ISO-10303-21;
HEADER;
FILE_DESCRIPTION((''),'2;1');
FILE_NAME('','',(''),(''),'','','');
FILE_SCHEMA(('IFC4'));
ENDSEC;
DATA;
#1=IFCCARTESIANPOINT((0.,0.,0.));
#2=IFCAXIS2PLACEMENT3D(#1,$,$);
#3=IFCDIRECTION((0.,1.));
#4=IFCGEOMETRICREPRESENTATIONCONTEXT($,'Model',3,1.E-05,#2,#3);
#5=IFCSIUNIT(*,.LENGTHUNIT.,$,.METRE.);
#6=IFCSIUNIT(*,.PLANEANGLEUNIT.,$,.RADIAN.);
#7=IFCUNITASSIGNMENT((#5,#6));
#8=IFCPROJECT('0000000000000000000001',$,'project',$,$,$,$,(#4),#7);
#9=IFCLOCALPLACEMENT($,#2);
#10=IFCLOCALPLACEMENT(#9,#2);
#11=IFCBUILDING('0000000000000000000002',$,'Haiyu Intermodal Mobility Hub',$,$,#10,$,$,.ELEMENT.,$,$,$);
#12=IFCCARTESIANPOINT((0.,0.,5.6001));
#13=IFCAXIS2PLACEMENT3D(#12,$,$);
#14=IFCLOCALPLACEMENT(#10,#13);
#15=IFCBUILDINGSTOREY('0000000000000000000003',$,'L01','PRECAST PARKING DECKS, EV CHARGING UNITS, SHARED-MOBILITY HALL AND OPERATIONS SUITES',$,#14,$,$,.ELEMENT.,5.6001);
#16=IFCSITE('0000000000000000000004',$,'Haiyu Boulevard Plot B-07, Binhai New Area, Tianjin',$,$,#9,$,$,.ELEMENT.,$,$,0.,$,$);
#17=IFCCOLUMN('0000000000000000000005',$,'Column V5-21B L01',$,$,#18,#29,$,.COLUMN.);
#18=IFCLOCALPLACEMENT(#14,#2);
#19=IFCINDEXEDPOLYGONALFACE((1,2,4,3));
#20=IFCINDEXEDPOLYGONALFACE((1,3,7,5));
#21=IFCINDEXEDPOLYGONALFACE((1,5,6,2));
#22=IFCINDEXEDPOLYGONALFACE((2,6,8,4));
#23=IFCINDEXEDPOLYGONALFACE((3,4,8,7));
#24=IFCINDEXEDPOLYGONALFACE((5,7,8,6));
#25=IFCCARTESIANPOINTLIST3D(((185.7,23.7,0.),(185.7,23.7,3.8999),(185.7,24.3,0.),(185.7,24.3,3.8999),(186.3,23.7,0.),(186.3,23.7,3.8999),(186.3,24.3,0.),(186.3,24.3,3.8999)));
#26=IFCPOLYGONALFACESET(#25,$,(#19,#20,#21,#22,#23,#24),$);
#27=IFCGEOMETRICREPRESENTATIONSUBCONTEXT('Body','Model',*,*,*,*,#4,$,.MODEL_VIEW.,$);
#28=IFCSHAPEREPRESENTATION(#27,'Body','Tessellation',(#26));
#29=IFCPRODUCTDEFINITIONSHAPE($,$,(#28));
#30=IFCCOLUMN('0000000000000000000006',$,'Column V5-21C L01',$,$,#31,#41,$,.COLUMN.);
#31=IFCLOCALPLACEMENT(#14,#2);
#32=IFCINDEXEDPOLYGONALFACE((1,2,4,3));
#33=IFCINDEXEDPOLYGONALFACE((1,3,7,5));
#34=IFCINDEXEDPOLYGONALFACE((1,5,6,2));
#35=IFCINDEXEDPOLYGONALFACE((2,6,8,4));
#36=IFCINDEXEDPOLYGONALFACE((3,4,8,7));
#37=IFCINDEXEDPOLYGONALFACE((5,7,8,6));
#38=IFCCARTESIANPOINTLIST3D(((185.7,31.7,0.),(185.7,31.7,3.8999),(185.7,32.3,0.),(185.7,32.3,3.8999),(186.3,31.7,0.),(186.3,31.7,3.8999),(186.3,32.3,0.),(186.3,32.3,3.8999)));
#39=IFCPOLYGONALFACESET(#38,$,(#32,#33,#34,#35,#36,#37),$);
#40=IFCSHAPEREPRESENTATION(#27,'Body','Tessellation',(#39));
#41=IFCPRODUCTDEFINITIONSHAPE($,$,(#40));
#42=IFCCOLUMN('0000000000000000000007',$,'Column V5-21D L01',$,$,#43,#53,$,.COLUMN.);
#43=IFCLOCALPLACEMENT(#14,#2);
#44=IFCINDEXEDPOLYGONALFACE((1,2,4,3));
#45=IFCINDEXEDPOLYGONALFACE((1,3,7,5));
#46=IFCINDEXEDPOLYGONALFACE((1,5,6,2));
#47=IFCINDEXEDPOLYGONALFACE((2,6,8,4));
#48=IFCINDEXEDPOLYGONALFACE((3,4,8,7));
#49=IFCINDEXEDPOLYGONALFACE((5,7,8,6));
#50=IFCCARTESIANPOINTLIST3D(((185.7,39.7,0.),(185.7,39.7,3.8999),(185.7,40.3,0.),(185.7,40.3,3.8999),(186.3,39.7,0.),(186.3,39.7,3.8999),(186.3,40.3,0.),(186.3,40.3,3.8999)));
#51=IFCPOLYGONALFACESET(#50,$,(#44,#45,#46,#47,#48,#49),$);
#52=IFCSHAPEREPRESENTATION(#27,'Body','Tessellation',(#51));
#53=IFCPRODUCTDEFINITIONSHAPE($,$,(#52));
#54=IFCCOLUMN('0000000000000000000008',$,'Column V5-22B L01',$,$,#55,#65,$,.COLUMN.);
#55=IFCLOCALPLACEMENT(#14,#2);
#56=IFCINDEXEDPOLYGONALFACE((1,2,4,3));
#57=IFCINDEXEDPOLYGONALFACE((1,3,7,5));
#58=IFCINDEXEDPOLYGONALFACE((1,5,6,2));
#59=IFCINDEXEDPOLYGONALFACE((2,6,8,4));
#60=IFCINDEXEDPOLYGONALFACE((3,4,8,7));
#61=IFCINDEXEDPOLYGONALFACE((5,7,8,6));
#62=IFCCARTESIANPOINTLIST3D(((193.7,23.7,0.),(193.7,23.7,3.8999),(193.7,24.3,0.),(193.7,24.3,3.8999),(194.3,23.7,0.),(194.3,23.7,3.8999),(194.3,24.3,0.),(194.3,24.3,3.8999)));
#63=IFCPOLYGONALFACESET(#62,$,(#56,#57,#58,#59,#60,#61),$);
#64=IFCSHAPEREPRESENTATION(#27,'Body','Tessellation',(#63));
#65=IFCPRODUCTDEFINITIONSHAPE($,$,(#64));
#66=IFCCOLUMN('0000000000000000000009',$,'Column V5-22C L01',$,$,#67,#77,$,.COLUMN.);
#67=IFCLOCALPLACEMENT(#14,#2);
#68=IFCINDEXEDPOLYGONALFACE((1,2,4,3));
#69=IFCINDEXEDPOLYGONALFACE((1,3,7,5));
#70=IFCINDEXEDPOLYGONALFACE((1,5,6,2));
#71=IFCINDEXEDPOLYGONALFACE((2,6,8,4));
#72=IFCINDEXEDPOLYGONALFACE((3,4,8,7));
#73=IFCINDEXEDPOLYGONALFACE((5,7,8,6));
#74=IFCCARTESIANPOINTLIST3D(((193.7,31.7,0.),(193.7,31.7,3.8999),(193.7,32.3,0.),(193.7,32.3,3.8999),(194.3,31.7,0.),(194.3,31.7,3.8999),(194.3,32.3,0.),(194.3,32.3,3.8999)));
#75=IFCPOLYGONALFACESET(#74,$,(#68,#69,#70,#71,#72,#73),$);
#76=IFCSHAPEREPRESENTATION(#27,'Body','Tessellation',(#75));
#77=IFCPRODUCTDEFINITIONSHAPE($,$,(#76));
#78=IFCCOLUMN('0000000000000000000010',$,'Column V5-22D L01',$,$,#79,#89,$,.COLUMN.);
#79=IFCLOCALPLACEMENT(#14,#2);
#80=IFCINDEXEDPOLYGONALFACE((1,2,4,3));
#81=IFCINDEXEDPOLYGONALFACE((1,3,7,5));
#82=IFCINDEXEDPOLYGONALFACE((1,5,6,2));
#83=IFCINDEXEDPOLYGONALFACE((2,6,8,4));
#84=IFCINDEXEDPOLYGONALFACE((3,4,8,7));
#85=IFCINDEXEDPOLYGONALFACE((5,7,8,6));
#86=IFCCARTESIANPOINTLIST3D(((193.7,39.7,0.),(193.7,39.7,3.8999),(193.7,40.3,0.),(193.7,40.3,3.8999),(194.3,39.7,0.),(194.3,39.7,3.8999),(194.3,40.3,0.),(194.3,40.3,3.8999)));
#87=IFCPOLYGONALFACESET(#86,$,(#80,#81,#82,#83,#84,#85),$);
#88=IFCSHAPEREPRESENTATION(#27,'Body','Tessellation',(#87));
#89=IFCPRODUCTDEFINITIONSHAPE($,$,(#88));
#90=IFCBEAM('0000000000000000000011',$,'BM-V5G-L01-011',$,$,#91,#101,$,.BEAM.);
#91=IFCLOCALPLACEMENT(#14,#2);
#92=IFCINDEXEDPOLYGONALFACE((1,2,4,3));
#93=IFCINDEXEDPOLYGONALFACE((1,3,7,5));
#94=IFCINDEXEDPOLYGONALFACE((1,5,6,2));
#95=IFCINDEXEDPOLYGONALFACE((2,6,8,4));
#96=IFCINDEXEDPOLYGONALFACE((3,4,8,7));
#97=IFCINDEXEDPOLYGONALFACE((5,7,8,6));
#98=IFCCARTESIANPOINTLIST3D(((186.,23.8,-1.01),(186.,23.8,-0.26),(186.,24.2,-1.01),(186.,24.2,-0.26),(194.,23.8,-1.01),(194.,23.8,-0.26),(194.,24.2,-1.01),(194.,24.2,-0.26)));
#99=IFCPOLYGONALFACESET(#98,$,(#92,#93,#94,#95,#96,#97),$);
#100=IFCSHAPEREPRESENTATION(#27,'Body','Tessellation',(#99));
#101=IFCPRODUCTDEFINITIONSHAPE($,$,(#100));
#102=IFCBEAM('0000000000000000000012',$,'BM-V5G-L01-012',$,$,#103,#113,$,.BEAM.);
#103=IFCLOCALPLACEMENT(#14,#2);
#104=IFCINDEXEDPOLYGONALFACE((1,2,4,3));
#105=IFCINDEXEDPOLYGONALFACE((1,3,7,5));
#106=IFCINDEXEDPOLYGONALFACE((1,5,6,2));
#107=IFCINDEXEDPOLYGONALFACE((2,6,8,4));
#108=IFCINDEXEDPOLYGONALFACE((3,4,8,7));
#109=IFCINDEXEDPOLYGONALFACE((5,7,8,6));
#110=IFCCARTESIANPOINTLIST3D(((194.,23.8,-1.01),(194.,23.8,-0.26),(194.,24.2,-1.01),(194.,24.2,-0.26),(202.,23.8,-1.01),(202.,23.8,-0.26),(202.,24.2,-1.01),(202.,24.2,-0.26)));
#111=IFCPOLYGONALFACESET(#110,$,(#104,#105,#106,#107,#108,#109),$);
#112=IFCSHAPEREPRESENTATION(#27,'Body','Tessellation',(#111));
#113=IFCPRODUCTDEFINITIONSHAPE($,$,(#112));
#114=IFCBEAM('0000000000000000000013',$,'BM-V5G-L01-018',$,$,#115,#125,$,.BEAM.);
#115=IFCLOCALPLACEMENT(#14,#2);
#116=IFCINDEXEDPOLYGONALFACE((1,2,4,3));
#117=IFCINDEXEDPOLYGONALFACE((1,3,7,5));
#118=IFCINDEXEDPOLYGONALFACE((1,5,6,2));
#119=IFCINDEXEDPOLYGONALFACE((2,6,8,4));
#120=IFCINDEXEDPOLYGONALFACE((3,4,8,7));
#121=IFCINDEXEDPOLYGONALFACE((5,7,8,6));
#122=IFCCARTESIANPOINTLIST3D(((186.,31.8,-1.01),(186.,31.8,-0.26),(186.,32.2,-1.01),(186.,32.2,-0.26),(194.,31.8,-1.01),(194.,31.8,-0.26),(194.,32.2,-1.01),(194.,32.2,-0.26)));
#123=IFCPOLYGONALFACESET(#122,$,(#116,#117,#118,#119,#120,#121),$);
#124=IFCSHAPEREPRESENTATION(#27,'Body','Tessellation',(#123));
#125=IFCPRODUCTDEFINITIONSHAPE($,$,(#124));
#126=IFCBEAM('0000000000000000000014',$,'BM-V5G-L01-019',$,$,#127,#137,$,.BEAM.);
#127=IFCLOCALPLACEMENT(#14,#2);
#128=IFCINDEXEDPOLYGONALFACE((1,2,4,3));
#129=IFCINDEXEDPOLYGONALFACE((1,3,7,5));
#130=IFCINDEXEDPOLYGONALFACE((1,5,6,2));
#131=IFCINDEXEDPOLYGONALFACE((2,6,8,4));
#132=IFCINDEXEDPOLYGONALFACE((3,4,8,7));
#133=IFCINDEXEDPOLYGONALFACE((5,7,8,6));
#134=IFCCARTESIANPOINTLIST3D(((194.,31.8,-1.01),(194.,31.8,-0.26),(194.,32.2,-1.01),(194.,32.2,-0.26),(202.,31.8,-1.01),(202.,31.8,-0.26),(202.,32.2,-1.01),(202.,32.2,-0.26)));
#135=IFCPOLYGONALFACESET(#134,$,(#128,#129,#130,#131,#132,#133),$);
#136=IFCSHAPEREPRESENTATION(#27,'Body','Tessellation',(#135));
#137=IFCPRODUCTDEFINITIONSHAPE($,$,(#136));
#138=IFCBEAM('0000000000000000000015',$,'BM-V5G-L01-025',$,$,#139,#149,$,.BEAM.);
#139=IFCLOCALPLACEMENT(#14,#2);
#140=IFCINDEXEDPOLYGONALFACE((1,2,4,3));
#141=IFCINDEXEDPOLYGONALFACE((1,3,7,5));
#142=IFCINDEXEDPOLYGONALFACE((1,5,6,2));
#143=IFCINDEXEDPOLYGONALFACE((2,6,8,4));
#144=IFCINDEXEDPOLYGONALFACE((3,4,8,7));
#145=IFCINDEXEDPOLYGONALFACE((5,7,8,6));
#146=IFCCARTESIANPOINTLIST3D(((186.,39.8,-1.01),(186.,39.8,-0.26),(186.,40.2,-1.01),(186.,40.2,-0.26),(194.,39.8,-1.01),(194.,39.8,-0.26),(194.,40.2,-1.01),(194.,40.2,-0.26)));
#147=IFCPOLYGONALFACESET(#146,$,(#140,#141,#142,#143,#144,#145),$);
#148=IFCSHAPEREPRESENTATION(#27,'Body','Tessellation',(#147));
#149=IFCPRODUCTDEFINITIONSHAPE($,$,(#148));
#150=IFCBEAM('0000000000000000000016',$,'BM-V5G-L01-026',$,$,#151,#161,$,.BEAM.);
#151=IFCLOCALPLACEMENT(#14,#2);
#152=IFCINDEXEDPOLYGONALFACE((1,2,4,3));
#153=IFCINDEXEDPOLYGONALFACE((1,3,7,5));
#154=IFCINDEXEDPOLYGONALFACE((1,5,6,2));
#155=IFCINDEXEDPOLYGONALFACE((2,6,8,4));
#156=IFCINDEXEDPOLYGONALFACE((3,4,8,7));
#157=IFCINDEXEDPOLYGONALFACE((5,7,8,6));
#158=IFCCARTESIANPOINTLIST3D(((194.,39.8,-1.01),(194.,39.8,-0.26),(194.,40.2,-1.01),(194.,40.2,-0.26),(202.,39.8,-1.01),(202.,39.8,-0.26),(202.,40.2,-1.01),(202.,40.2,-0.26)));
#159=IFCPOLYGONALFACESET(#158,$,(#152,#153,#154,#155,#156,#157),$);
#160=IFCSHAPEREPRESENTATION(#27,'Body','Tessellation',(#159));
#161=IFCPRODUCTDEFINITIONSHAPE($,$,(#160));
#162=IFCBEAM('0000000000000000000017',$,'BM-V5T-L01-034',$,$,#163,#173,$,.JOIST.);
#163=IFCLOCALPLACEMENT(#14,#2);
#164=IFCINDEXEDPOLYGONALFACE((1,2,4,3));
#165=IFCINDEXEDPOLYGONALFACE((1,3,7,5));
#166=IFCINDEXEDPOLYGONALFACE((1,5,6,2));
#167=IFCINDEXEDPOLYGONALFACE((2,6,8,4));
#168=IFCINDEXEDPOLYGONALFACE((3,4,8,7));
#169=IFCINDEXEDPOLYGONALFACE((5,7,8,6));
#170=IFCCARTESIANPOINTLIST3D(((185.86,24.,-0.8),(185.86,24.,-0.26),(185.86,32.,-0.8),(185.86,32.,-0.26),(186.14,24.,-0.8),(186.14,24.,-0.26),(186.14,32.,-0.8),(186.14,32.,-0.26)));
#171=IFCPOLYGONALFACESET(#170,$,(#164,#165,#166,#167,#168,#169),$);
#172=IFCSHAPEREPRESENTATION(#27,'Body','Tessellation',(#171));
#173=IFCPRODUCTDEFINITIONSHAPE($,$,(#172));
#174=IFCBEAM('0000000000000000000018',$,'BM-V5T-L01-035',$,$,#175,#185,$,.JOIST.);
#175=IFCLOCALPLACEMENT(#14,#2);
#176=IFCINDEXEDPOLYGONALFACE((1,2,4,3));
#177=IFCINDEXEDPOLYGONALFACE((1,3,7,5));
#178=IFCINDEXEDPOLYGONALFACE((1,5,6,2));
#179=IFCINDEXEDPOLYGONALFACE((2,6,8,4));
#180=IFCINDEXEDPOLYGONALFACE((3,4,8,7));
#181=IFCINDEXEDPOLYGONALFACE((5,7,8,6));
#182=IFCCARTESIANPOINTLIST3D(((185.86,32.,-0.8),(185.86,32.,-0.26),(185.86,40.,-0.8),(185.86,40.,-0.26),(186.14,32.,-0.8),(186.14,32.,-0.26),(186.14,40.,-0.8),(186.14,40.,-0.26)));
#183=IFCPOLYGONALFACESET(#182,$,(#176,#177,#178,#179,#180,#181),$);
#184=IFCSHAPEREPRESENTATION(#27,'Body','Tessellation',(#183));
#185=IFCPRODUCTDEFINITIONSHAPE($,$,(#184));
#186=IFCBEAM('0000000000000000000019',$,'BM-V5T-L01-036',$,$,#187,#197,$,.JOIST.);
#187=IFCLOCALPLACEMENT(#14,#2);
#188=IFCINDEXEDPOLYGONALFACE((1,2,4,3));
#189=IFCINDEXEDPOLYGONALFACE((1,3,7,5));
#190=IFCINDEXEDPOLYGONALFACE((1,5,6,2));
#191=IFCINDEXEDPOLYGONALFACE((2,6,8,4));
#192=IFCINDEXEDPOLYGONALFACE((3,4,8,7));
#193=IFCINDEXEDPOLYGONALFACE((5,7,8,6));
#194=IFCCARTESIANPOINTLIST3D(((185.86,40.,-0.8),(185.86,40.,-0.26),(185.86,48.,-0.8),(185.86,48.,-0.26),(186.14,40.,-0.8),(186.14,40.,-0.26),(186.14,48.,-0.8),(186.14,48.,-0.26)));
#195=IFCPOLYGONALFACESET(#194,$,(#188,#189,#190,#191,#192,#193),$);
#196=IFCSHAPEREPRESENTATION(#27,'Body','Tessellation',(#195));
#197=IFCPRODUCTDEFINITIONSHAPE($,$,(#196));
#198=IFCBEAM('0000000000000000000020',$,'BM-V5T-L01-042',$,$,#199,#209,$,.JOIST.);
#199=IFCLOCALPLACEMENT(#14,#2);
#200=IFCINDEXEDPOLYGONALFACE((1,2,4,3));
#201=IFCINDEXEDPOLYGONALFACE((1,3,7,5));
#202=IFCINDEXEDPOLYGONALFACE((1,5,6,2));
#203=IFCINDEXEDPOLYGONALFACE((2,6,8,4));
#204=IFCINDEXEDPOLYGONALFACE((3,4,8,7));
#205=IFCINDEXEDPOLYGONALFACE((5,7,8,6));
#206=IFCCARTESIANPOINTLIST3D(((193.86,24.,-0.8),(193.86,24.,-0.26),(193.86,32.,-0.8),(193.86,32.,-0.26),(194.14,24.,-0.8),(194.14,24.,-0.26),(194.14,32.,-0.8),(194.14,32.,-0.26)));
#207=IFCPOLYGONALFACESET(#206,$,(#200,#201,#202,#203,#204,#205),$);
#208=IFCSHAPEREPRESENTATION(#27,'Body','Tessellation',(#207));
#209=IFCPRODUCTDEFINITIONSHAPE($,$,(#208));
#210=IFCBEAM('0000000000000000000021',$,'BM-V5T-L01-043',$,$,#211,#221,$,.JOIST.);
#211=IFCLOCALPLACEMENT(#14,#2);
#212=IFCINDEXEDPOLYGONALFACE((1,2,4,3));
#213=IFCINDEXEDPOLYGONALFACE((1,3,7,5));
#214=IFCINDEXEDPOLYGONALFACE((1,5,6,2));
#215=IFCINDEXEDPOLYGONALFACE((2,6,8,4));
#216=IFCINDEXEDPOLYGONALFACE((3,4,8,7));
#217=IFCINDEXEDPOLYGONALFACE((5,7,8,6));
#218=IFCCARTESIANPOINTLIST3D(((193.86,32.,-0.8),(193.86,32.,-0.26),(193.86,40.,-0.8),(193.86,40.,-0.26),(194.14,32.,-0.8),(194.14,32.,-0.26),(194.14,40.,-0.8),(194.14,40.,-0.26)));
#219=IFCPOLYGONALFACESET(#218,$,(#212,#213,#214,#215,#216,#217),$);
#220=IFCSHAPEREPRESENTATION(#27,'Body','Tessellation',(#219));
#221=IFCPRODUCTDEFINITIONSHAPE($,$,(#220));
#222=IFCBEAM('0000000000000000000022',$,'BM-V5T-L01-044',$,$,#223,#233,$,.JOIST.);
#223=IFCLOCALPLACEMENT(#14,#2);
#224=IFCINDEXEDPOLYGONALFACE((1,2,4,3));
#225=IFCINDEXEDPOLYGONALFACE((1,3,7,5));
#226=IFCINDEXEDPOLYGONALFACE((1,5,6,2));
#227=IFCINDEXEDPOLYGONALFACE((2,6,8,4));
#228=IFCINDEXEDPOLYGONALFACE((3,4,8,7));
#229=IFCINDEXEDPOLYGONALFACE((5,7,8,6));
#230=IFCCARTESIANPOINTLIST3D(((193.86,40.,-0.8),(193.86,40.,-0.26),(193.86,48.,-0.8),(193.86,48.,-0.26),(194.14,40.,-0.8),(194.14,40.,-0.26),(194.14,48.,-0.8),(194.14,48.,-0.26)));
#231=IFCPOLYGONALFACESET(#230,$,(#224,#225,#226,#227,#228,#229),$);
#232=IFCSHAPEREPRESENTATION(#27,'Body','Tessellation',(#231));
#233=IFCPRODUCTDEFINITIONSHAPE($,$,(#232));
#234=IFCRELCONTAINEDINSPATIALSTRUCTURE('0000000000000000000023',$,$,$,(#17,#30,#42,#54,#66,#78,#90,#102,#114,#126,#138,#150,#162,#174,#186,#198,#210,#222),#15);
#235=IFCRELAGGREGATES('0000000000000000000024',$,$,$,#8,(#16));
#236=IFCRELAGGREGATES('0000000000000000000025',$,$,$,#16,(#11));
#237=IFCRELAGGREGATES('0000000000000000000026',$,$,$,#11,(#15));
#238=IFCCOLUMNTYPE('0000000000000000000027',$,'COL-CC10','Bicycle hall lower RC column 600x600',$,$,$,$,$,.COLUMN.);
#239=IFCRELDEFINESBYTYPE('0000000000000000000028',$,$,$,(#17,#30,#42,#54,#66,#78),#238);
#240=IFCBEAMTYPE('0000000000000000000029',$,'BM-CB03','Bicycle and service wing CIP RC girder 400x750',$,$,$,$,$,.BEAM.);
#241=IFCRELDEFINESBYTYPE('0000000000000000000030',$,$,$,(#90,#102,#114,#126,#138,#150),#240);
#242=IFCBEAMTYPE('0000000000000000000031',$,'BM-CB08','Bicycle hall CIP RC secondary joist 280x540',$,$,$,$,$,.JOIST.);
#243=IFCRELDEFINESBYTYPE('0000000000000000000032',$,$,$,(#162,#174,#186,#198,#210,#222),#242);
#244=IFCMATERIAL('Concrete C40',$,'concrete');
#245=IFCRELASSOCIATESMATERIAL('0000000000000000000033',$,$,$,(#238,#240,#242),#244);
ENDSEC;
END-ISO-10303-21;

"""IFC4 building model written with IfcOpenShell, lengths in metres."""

from ifc_helpers import new_model, si_unit, direction, frame, origin, origin_2d, place, context, subcontext, project, spatial, rectangle, extrude, material, material_profile, profile_set, type_object, element, save


model = new_model("IFC4")

# Units and contexts
model_context = context("Model", 3, precision=1e-05, world=origin(), true_north=direction((0.0, 1.0)))
body_context = subcontext(model_context, "Body", "Model", "MODEL_VIEW")
ifc_project = project(units=[si_unit("LENGTHUNIT", "METRE"), si_unit("PLANEANGLEUNIT", "RADIAN")], contexts=[model_context])

# Site, building, storey
site_placement = place(None, origin())
site = spatial("IfcSite", under=ifc_project, at=site_placement, Name="Haiyu Boulevard Plot B-07, Binhai New Area, Tianjin", CompositionType="ELEMENT", RefElevation=0.0)
building_placement = place(site_placement, origin())
building = spatial("IfcBuilding", under=site, at=building_placement, Name="Haiyu Intermodal Mobility Hub", CompositionType="ELEMENT")
storey_placement = place(building_placement, frame((0.0, 0.0, 5.6001)))
storey = spatial("IfcBuildingStorey", under=building, at=storey_placement, Name="L01", Description="PRECAST PARKING DECKS, EV CHARGING UNITS, SHARED-MOBILITY HALL AND OPERATIONS SUITES", CompositionType="ELEMENT", Elevation=5.6001)

# Columns
ifc_material_1 = material(Name="Concrete C40", Category="concrete")
ifc_material_profile_1 = material_profile(ifc_material_1, rectangle(XDim=0.6001, YDim=0.6001, at=origin_2d()), Name="RC600x600")
ifc_profile_set_1 = profile_set([ifc_material_profile_1], Name="Concrete C40")
column_type = type_object("IfcColumnType", Name="COL-CC10", Description="Bicycle hall lower RC column 600x600", PredefinedType="COLUMN", material=ifc_profile_set_1)
for number, where, z_axis, x_axis, name in (
    (1, (186.0, 24.0, 0.0), (0.0, 0.0, 1.0), (1.0, 0.0, 0.0), "Column V5-21B L01"),
    (2, (186.0, 32.0, 0.0), (0.0, 0.0, 1.0), (1.0, 0.0, 0.0), "Column V5-21C L01"),
    (3, (186.0, 40.0, 0.0), (0.0, 0.0, 1.0), (1.0, 0.0, 0.0), "Column V5-21D L01"),
    (4, (194.0, 24.0, 0.0), (0.0, 0.0, 1.0), (1.0, 0.0, 0.0), "Column V5-22B L01"),
    (5, (194.0, 32.0, 0.0), (0.0, 0.0, 1.0), (1.0, 0.0, 0.0), "Column V5-22C L01"),
    (6, (194.0, 40.0, 0.0), (0.0, 0.0, 1.0), (1.0, 0.0, 0.0), "Column V5-22D L01"),
):
    element("IfcColumn", number, at=place(storey_placement, frame(where, z_axis=z_axis, x_axis=x_axis)), inside=storey, type_object=column_type, Name=name, PredefinedType="COLUMN", context=body_context, shape_type="SweptSolid", body=[
        extrude(rectangle(XDim=0.6001, YDim=0.6001, at=origin_2d()), origin(), (0.0, 0.0, 1.0), 3.8999),
    ])

# Beams
ifc_material_profile_2 = material_profile(ifc_material_1, rectangle(XDim=0.3999, YDim=0.75, at=origin_2d()), Name="RCB400x750")
ifc_profile_set_2 = profile_set([ifc_material_profile_2], Name="Concrete C40")
beam_type_1 = type_object("IfcBeamType", Name="BM-CB03", Description="Bicycle and service wing CIP RC girder 400x750", PredefinedType="BEAM", material=ifc_profile_set_2)
for number, where, z_axis, x_axis, name in (
    (7, (186.0, 24.0, -0.635), (1.0, 0.0, 0.0), (0.0, 1.0, 0.0), "BM-V5G-L01-011"),
    (8, (194.0, 24.0, -0.635), (1.0, 0.0, 0.0), (0.0, 1.0, 0.0), "BM-V5G-L01-012"),
    (9, (186.0, 32.0, -0.635), (1.0, 0.0, 0.0), (0.0, 1.0, 0.0), "BM-V5G-L01-018"),
    (10, (194.0, 32.0, -0.635), (1.0, 0.0, 0.0), (0.0, 1.0, 0.0), "BM-V5G-L01-019"),
    (11, (186.0, 40.0, -0.635), (1.0, 0.0, 0.0), (0.0, 1.0, 0.0), "BM-V5G-L01-025"),
    (12, (194.0, 40.0, -0.635), (1.0, 0.0, 0.0), (0.0, 1.0, 0.0), "BM-V5G-L01-026"),
):
    element("IfcBeam", number, at=place(storey_placement, frame(where, z_axis=z_axis, x_axis=x_axis)), inside=storey, type_object=beam_type_1, Name=name, PredefinedType="BEAM", context=body_context, shape_type="SweptSolid", body=[
        extrude(rectangle(XDim=0.3999, YDim=0.75, at=origin_2d()), origin(), (0.0, 0.0, 1.0), 8.0),
    ])
ifc_material_profile_3 = material_profile(ifc_material_1, rectangle(XDim=0.28, YDim=0.54, at=origin_2d()), Name="RCB280x540")
ifc_profile_set_3 = profile_set([ifc_material_profile_3], Name="Concrete C40")
beam_type_2 = type_object("IfcBeamType", Name="BM-CB08", Description="Bicycle hall CIP RC secondary joist 280x540", PredefinedType="JOIST", material=ifc_profile_set_3)
for number, where, z_axis, x_axis, name in (
    (13, (186.0, 24.0, -0.53), (0.0, 1.0, 0.0), (-1.0, 0.0, 0.0), "BM-V5T-L01-034"),
    (14, (186.0, 32.0, -0.53), (0.0, 1.0, 0.0), (-1.0, 0.0, 0.0), "BM-V5T-L01-035"),
    (15, (186.0, 40.0, -0.53), (0.0, 1.0, 0.0), (-1.0, 0.0, 0.0), "BM-V5T-L01-036"),
    (16, (194.0, 24.0, -0.53), (0.0, 1.0, 0.0), (-1.0, 0.0, 0.0), "BM-V5T-L01-042"),
    (17, (194.0, 32.0, -0.53), (0.0, 1.0, 0.0), (-1.0, 0.0, 0.0), "BM-V5T-L01-043"),
    (18, (194.0, 40.0, -0.53), (0.0, 1.0, 0.0), (-1.0, 0.0, 0.0), "BM-V5T-L01-044"),
):
    element("IfcBeam", number, at=place(storey_placement, frame(where, z_axis=z_axis, x_axis=x_axis)), inside=storey, type_object=beam_type_2, Name=name, PredefinedType="JOIST", context=body_context, shape_type="SweptSolid", body=[
        extrude(rectangle(XDim=0.28, YDim=0.54, at=origin_2d()), origin(), (0.0, 0.0, 1.0), 8.0),
    ])

save(model, "model.ifc")
